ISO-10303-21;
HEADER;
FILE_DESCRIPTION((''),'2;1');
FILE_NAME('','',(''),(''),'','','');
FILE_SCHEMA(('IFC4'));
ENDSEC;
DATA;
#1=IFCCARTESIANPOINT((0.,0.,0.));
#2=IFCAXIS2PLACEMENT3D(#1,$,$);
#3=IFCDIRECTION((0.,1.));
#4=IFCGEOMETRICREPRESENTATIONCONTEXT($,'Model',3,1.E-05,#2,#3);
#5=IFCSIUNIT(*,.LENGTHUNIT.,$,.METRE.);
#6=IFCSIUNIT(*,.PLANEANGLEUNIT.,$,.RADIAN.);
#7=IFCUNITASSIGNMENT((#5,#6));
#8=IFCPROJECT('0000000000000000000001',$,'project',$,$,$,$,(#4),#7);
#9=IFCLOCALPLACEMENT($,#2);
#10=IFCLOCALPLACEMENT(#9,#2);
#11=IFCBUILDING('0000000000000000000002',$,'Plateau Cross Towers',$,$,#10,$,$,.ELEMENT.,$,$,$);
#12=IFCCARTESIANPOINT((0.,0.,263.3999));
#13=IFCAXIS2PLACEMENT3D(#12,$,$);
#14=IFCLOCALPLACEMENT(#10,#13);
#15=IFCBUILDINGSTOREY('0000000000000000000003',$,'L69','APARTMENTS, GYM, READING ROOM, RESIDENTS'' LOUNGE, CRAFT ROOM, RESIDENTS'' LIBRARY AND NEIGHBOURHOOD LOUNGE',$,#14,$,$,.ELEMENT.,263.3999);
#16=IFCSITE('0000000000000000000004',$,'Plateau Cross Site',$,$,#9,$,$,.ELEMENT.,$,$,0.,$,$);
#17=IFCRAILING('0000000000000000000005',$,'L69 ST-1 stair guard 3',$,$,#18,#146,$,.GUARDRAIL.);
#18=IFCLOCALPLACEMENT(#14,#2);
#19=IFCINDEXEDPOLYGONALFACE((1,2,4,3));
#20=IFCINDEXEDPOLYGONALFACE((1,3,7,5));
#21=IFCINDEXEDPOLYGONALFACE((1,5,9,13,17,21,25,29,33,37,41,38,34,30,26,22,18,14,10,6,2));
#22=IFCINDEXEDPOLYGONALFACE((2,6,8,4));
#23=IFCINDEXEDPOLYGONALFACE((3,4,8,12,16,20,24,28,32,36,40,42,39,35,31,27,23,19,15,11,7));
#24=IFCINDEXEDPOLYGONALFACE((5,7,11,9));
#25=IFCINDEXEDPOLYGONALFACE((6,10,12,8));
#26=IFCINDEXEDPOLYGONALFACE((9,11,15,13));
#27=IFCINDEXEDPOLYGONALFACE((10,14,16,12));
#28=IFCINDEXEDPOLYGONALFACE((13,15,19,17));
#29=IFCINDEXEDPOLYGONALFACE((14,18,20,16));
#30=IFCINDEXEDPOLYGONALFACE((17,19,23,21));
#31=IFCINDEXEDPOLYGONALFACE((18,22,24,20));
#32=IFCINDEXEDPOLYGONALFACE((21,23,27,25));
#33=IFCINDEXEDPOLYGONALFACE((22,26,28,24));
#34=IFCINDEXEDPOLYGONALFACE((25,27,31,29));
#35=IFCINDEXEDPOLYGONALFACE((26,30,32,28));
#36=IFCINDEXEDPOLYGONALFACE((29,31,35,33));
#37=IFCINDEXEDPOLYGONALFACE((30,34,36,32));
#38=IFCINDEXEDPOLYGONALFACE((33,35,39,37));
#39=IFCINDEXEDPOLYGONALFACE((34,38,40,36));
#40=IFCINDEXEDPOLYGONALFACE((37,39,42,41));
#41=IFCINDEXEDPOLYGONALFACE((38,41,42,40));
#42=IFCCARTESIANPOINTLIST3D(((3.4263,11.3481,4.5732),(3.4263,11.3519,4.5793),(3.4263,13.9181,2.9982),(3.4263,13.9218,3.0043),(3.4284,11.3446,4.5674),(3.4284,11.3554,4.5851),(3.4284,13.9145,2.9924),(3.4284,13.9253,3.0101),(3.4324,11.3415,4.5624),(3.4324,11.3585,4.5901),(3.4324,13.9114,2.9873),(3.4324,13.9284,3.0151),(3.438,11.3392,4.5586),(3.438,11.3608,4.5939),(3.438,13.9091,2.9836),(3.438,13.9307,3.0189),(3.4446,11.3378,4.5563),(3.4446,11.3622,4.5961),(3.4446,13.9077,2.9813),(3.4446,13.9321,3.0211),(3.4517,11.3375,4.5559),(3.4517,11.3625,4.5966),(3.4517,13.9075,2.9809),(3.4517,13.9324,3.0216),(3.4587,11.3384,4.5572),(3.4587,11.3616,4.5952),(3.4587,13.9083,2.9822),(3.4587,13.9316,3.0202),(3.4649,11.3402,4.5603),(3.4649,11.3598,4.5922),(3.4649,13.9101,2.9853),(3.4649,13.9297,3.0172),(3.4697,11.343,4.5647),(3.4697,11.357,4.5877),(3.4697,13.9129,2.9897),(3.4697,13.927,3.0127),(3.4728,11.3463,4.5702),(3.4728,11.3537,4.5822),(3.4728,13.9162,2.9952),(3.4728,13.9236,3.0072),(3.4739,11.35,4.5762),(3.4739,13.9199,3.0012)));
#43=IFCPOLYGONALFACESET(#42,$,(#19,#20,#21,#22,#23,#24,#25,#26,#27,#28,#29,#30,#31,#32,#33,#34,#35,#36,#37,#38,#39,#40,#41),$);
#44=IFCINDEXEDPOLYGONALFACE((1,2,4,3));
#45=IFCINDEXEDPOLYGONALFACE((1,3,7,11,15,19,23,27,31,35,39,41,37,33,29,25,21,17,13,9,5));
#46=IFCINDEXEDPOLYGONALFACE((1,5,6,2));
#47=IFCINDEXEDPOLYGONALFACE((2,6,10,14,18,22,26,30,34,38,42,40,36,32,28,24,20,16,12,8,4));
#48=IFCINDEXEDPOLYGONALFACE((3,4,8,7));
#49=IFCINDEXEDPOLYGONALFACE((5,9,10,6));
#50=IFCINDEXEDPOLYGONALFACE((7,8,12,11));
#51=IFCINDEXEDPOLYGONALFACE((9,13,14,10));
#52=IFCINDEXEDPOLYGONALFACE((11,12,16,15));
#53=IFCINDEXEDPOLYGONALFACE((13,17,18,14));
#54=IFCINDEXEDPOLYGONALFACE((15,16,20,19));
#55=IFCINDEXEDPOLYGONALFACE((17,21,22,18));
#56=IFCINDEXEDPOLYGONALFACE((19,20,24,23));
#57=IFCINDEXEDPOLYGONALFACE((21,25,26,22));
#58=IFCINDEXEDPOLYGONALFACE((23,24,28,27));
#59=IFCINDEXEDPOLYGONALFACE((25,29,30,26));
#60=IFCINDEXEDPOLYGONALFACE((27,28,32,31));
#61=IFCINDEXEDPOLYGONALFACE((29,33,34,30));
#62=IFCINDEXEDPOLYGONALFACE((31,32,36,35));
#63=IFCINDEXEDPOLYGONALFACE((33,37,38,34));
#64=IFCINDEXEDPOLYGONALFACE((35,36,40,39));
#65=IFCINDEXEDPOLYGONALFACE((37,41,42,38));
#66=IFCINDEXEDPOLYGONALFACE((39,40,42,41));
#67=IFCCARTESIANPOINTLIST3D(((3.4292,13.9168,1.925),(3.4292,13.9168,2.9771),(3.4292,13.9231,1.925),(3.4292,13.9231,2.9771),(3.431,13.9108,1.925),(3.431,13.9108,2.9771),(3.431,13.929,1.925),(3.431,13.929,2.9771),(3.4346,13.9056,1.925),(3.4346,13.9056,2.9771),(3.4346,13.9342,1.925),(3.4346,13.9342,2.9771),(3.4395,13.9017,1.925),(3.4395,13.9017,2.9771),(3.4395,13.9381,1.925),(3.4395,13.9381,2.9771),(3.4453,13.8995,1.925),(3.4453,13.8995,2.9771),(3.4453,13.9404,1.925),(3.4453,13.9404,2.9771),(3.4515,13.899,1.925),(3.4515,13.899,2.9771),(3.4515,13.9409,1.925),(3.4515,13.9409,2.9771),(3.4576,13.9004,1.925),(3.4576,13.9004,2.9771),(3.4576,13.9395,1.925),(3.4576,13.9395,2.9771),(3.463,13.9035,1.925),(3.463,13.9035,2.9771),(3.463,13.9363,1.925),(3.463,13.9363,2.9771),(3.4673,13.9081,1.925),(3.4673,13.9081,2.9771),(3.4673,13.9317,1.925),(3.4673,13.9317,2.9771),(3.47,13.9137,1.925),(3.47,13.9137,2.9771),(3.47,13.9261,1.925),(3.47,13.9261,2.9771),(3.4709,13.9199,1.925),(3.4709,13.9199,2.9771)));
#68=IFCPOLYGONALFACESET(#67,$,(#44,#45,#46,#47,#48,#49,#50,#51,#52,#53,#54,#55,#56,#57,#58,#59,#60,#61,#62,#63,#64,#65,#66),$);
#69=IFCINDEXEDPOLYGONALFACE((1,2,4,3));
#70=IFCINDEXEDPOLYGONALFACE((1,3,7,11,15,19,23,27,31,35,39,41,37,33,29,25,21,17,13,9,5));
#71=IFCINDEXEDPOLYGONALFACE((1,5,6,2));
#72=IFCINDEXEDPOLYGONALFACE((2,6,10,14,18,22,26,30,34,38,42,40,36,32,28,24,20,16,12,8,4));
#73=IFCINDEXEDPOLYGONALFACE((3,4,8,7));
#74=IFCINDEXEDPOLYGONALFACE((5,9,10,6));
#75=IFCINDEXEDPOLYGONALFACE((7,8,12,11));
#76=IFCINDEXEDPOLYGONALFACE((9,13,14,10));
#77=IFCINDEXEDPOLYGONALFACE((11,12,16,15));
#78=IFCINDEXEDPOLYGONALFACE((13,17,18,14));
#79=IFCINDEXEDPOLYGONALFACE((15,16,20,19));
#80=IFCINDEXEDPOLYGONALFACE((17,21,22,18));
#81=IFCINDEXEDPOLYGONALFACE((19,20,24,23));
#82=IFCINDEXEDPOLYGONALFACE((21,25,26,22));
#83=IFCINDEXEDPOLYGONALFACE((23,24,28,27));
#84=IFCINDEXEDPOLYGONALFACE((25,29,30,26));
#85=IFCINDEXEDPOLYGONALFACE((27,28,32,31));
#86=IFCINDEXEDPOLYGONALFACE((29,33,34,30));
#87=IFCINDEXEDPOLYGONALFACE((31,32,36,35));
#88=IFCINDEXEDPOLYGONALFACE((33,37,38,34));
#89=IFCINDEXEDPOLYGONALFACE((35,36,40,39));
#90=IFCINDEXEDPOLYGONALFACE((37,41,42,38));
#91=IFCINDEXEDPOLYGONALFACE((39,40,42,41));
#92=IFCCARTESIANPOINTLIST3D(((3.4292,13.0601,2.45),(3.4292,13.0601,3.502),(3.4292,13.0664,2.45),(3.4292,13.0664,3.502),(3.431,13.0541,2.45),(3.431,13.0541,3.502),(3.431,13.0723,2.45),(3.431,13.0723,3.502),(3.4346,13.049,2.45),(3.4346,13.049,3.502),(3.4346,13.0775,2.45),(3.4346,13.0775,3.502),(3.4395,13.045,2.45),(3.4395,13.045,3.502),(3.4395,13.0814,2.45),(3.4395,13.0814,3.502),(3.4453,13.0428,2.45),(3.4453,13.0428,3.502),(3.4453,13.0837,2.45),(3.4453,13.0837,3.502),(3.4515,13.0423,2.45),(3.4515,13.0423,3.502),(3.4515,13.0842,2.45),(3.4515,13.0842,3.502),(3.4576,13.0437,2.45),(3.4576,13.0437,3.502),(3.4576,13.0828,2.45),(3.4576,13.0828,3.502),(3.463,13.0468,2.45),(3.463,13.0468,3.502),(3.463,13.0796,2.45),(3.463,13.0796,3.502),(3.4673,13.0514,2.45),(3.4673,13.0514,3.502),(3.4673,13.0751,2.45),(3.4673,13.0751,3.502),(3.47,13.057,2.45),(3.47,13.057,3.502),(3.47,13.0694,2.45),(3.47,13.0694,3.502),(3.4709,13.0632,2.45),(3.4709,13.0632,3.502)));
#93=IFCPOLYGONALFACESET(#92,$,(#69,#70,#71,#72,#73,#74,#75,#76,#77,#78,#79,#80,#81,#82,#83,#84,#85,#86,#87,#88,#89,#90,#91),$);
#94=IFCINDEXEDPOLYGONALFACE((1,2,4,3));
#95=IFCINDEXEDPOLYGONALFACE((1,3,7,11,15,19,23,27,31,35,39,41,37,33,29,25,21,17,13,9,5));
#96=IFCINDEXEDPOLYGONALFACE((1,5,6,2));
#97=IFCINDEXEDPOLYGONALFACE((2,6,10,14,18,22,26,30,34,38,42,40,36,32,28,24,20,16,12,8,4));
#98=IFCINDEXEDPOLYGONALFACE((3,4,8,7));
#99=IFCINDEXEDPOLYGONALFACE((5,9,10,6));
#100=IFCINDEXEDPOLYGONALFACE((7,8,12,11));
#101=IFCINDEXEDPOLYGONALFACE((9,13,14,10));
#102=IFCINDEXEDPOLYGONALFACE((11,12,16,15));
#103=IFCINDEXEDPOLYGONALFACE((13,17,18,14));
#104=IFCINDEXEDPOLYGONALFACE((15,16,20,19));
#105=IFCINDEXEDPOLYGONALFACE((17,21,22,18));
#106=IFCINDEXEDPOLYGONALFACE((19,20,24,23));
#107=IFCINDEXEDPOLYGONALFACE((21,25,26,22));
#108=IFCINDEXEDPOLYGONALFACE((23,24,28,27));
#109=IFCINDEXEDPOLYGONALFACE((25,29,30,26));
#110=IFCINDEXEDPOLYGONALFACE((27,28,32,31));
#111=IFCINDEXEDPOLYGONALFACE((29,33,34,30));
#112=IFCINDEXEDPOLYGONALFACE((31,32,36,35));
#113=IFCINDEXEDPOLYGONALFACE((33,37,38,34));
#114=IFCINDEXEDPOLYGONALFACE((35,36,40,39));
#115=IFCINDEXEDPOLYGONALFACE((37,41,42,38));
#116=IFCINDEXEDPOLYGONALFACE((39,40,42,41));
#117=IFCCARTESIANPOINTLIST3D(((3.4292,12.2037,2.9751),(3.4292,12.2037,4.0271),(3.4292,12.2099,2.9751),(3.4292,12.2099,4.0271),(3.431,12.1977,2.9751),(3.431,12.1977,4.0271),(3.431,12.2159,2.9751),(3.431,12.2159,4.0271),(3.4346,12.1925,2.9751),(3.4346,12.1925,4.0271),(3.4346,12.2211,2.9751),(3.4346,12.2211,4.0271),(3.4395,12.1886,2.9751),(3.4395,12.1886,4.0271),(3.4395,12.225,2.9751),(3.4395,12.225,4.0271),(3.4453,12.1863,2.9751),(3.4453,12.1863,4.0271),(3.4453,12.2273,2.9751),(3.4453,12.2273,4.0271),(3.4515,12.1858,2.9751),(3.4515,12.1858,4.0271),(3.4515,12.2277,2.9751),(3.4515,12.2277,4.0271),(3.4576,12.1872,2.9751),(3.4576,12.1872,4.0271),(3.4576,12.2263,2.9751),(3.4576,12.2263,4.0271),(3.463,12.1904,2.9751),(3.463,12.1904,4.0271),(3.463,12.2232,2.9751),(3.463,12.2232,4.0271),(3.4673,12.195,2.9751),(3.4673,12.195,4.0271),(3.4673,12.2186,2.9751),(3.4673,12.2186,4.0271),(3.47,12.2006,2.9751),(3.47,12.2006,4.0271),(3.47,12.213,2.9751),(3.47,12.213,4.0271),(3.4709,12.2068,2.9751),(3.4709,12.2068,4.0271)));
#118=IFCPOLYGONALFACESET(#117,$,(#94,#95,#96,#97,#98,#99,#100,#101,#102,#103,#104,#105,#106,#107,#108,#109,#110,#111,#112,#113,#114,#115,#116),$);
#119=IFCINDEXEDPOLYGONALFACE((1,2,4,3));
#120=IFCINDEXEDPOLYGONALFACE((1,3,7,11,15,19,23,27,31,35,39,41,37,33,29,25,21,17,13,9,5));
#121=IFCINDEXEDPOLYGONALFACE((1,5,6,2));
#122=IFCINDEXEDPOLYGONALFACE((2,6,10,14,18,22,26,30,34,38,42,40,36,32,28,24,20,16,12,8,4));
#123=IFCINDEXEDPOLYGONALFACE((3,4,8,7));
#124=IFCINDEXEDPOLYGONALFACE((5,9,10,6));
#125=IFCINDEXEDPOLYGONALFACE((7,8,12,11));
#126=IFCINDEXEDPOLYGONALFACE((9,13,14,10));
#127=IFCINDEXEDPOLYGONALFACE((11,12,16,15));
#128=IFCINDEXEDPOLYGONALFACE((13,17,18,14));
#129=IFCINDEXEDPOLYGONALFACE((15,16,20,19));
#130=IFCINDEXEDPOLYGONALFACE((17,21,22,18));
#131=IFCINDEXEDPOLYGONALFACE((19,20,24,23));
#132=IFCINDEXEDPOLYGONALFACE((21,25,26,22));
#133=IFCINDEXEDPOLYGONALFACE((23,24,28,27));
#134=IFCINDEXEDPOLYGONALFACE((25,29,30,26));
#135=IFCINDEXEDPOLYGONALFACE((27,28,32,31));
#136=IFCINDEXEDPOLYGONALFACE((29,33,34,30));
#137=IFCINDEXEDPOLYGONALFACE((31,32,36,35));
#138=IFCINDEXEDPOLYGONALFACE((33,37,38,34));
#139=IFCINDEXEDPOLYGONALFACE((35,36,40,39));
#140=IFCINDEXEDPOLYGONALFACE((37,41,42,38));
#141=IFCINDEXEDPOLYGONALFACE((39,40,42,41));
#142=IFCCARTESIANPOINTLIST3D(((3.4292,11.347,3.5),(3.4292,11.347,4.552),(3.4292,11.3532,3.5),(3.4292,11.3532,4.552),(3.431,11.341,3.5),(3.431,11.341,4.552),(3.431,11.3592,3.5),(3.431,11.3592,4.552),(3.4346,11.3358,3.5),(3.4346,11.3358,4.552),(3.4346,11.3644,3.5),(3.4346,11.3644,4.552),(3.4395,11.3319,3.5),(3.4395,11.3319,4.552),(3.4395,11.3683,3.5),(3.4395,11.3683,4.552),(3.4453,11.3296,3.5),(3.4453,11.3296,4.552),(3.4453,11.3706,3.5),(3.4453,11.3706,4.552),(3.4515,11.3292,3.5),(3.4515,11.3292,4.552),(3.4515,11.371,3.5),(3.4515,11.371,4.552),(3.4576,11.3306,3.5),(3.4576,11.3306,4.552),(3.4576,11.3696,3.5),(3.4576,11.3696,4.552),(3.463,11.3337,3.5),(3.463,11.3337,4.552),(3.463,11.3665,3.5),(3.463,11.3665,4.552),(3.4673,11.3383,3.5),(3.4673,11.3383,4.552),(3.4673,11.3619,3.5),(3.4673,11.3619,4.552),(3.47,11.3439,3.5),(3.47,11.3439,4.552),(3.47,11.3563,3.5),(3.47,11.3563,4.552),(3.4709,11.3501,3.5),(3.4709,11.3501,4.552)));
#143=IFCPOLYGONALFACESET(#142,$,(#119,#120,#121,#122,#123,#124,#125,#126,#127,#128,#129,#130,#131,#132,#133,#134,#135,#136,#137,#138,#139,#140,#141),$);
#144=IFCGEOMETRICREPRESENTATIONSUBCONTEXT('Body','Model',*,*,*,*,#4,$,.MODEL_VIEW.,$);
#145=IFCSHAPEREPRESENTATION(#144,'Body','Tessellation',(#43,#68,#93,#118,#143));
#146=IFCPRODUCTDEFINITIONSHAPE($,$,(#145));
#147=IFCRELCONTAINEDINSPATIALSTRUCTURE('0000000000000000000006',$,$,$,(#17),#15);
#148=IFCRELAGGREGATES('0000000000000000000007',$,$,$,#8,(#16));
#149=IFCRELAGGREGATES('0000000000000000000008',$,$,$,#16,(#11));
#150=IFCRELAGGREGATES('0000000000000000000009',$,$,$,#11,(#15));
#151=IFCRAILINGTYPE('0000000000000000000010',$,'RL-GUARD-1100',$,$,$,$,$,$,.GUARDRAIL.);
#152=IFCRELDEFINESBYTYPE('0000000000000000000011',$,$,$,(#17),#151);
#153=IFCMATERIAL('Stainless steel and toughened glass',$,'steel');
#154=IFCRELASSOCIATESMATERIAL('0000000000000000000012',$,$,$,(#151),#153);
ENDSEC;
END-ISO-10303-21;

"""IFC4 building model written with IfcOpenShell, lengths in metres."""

from ifc_helpers import new_model, si_unit, direction, frame, origin, origin_2d, place, context, subcontext, project, spatial, circle, extrude, material, type_object, element, save


model = new_model("IFC4")

# Units and contexts
model_context = context("Model", 3, precision=1e-05, world=origin(), true_north=direction((0.0, 1.0)))
body_context = subcontext(model_context, "Body", "Model", "MODEL_VIEW")
ifc_project = project(units=[si_unit("LENGTHUNIT", "METRE"), si_unit("PLANEANGLEUNIT", "RADIAN")], contexts=[model_context])

# Site, building, storey
site_placement = place(None, origin())
site = spatial("IfcSite", under=ifc_project, at=site_placement, Name="Plateau Cross Site", CompositionType="ELEMENT", RefElevation=0.0)
building_placement = place(site_placement, origin())
building = spatial("IfcBuilding", under=site, at=building_placement, Name="Plateau Cross Towers", CompositionType="ELEMENT")
storey_placement = place(building_placement, frame((0.0, 0.0, 263.3999)))
storey = spatial("IfcBuildingStorey", under=building, at=storey_placement, Name="L69", Description="APARTMENTS, GYM, READING ROOM, RESIDENTS' LOUNGE, CRAFT ROOM, RESIDENTS' LIBRARY AND NEIGHBOURHOOD LOUNGE", CompositionType="ELEMENT", Elevation=263.3999)

# Railing
ifc_material_1 = material(Name="Stainless steel and toughened glass", Category="steel")
railing_type_1 = type_object("IfcRailingType", Name="RL-GUARD-1100", PredefinedType="GUARDRAIL", material=ifc_material_1)
railing_1_placement = place(storey_placement, frame((3.45, 13.9199, 1.925)))
element("IfcRailing", 1, at=railing_1_placement, inside=storey, type_object=railing_type_1, Name="L69 ST-1 stair guard 3", PredefinedType="GUARDRAIL", context=body_context, shape_type="SweptSolid", body=[
    extrude(circle(Radius=0.0239, at=origin_2d()), frame((0.0, 0.0, 1.0762), z_axis=(0.0, -0.852616, 0.522537), x_axis=(1.0, 0.0, 0.0)), (0.0, 0.0, 1.0), 3.0142),
    extrude(circle(Radius=0.021, at=origin_2d()), origin(), (0.0, 0.0, 1.0), 1.052),
    extrude(circle(Radius=0.021, at=origin_2d()), frame((0.0, -0.8567, 0.5249)), (0.0, 0.0, 1.0), 1.052),
    extrude(circle(Radius=0.021, at=origin_2d()), frame((0.0, -1.7131, 1.05)), (0.0, 0.0, 1.0), 1.052),
    extrude(circle(Radius=0.021, at=origin_2d()), frame((0.0, -2.5698, 1.575)), (0.0, 0.0, 1.0), 1.052),
])

save(model, "model.ifc")
